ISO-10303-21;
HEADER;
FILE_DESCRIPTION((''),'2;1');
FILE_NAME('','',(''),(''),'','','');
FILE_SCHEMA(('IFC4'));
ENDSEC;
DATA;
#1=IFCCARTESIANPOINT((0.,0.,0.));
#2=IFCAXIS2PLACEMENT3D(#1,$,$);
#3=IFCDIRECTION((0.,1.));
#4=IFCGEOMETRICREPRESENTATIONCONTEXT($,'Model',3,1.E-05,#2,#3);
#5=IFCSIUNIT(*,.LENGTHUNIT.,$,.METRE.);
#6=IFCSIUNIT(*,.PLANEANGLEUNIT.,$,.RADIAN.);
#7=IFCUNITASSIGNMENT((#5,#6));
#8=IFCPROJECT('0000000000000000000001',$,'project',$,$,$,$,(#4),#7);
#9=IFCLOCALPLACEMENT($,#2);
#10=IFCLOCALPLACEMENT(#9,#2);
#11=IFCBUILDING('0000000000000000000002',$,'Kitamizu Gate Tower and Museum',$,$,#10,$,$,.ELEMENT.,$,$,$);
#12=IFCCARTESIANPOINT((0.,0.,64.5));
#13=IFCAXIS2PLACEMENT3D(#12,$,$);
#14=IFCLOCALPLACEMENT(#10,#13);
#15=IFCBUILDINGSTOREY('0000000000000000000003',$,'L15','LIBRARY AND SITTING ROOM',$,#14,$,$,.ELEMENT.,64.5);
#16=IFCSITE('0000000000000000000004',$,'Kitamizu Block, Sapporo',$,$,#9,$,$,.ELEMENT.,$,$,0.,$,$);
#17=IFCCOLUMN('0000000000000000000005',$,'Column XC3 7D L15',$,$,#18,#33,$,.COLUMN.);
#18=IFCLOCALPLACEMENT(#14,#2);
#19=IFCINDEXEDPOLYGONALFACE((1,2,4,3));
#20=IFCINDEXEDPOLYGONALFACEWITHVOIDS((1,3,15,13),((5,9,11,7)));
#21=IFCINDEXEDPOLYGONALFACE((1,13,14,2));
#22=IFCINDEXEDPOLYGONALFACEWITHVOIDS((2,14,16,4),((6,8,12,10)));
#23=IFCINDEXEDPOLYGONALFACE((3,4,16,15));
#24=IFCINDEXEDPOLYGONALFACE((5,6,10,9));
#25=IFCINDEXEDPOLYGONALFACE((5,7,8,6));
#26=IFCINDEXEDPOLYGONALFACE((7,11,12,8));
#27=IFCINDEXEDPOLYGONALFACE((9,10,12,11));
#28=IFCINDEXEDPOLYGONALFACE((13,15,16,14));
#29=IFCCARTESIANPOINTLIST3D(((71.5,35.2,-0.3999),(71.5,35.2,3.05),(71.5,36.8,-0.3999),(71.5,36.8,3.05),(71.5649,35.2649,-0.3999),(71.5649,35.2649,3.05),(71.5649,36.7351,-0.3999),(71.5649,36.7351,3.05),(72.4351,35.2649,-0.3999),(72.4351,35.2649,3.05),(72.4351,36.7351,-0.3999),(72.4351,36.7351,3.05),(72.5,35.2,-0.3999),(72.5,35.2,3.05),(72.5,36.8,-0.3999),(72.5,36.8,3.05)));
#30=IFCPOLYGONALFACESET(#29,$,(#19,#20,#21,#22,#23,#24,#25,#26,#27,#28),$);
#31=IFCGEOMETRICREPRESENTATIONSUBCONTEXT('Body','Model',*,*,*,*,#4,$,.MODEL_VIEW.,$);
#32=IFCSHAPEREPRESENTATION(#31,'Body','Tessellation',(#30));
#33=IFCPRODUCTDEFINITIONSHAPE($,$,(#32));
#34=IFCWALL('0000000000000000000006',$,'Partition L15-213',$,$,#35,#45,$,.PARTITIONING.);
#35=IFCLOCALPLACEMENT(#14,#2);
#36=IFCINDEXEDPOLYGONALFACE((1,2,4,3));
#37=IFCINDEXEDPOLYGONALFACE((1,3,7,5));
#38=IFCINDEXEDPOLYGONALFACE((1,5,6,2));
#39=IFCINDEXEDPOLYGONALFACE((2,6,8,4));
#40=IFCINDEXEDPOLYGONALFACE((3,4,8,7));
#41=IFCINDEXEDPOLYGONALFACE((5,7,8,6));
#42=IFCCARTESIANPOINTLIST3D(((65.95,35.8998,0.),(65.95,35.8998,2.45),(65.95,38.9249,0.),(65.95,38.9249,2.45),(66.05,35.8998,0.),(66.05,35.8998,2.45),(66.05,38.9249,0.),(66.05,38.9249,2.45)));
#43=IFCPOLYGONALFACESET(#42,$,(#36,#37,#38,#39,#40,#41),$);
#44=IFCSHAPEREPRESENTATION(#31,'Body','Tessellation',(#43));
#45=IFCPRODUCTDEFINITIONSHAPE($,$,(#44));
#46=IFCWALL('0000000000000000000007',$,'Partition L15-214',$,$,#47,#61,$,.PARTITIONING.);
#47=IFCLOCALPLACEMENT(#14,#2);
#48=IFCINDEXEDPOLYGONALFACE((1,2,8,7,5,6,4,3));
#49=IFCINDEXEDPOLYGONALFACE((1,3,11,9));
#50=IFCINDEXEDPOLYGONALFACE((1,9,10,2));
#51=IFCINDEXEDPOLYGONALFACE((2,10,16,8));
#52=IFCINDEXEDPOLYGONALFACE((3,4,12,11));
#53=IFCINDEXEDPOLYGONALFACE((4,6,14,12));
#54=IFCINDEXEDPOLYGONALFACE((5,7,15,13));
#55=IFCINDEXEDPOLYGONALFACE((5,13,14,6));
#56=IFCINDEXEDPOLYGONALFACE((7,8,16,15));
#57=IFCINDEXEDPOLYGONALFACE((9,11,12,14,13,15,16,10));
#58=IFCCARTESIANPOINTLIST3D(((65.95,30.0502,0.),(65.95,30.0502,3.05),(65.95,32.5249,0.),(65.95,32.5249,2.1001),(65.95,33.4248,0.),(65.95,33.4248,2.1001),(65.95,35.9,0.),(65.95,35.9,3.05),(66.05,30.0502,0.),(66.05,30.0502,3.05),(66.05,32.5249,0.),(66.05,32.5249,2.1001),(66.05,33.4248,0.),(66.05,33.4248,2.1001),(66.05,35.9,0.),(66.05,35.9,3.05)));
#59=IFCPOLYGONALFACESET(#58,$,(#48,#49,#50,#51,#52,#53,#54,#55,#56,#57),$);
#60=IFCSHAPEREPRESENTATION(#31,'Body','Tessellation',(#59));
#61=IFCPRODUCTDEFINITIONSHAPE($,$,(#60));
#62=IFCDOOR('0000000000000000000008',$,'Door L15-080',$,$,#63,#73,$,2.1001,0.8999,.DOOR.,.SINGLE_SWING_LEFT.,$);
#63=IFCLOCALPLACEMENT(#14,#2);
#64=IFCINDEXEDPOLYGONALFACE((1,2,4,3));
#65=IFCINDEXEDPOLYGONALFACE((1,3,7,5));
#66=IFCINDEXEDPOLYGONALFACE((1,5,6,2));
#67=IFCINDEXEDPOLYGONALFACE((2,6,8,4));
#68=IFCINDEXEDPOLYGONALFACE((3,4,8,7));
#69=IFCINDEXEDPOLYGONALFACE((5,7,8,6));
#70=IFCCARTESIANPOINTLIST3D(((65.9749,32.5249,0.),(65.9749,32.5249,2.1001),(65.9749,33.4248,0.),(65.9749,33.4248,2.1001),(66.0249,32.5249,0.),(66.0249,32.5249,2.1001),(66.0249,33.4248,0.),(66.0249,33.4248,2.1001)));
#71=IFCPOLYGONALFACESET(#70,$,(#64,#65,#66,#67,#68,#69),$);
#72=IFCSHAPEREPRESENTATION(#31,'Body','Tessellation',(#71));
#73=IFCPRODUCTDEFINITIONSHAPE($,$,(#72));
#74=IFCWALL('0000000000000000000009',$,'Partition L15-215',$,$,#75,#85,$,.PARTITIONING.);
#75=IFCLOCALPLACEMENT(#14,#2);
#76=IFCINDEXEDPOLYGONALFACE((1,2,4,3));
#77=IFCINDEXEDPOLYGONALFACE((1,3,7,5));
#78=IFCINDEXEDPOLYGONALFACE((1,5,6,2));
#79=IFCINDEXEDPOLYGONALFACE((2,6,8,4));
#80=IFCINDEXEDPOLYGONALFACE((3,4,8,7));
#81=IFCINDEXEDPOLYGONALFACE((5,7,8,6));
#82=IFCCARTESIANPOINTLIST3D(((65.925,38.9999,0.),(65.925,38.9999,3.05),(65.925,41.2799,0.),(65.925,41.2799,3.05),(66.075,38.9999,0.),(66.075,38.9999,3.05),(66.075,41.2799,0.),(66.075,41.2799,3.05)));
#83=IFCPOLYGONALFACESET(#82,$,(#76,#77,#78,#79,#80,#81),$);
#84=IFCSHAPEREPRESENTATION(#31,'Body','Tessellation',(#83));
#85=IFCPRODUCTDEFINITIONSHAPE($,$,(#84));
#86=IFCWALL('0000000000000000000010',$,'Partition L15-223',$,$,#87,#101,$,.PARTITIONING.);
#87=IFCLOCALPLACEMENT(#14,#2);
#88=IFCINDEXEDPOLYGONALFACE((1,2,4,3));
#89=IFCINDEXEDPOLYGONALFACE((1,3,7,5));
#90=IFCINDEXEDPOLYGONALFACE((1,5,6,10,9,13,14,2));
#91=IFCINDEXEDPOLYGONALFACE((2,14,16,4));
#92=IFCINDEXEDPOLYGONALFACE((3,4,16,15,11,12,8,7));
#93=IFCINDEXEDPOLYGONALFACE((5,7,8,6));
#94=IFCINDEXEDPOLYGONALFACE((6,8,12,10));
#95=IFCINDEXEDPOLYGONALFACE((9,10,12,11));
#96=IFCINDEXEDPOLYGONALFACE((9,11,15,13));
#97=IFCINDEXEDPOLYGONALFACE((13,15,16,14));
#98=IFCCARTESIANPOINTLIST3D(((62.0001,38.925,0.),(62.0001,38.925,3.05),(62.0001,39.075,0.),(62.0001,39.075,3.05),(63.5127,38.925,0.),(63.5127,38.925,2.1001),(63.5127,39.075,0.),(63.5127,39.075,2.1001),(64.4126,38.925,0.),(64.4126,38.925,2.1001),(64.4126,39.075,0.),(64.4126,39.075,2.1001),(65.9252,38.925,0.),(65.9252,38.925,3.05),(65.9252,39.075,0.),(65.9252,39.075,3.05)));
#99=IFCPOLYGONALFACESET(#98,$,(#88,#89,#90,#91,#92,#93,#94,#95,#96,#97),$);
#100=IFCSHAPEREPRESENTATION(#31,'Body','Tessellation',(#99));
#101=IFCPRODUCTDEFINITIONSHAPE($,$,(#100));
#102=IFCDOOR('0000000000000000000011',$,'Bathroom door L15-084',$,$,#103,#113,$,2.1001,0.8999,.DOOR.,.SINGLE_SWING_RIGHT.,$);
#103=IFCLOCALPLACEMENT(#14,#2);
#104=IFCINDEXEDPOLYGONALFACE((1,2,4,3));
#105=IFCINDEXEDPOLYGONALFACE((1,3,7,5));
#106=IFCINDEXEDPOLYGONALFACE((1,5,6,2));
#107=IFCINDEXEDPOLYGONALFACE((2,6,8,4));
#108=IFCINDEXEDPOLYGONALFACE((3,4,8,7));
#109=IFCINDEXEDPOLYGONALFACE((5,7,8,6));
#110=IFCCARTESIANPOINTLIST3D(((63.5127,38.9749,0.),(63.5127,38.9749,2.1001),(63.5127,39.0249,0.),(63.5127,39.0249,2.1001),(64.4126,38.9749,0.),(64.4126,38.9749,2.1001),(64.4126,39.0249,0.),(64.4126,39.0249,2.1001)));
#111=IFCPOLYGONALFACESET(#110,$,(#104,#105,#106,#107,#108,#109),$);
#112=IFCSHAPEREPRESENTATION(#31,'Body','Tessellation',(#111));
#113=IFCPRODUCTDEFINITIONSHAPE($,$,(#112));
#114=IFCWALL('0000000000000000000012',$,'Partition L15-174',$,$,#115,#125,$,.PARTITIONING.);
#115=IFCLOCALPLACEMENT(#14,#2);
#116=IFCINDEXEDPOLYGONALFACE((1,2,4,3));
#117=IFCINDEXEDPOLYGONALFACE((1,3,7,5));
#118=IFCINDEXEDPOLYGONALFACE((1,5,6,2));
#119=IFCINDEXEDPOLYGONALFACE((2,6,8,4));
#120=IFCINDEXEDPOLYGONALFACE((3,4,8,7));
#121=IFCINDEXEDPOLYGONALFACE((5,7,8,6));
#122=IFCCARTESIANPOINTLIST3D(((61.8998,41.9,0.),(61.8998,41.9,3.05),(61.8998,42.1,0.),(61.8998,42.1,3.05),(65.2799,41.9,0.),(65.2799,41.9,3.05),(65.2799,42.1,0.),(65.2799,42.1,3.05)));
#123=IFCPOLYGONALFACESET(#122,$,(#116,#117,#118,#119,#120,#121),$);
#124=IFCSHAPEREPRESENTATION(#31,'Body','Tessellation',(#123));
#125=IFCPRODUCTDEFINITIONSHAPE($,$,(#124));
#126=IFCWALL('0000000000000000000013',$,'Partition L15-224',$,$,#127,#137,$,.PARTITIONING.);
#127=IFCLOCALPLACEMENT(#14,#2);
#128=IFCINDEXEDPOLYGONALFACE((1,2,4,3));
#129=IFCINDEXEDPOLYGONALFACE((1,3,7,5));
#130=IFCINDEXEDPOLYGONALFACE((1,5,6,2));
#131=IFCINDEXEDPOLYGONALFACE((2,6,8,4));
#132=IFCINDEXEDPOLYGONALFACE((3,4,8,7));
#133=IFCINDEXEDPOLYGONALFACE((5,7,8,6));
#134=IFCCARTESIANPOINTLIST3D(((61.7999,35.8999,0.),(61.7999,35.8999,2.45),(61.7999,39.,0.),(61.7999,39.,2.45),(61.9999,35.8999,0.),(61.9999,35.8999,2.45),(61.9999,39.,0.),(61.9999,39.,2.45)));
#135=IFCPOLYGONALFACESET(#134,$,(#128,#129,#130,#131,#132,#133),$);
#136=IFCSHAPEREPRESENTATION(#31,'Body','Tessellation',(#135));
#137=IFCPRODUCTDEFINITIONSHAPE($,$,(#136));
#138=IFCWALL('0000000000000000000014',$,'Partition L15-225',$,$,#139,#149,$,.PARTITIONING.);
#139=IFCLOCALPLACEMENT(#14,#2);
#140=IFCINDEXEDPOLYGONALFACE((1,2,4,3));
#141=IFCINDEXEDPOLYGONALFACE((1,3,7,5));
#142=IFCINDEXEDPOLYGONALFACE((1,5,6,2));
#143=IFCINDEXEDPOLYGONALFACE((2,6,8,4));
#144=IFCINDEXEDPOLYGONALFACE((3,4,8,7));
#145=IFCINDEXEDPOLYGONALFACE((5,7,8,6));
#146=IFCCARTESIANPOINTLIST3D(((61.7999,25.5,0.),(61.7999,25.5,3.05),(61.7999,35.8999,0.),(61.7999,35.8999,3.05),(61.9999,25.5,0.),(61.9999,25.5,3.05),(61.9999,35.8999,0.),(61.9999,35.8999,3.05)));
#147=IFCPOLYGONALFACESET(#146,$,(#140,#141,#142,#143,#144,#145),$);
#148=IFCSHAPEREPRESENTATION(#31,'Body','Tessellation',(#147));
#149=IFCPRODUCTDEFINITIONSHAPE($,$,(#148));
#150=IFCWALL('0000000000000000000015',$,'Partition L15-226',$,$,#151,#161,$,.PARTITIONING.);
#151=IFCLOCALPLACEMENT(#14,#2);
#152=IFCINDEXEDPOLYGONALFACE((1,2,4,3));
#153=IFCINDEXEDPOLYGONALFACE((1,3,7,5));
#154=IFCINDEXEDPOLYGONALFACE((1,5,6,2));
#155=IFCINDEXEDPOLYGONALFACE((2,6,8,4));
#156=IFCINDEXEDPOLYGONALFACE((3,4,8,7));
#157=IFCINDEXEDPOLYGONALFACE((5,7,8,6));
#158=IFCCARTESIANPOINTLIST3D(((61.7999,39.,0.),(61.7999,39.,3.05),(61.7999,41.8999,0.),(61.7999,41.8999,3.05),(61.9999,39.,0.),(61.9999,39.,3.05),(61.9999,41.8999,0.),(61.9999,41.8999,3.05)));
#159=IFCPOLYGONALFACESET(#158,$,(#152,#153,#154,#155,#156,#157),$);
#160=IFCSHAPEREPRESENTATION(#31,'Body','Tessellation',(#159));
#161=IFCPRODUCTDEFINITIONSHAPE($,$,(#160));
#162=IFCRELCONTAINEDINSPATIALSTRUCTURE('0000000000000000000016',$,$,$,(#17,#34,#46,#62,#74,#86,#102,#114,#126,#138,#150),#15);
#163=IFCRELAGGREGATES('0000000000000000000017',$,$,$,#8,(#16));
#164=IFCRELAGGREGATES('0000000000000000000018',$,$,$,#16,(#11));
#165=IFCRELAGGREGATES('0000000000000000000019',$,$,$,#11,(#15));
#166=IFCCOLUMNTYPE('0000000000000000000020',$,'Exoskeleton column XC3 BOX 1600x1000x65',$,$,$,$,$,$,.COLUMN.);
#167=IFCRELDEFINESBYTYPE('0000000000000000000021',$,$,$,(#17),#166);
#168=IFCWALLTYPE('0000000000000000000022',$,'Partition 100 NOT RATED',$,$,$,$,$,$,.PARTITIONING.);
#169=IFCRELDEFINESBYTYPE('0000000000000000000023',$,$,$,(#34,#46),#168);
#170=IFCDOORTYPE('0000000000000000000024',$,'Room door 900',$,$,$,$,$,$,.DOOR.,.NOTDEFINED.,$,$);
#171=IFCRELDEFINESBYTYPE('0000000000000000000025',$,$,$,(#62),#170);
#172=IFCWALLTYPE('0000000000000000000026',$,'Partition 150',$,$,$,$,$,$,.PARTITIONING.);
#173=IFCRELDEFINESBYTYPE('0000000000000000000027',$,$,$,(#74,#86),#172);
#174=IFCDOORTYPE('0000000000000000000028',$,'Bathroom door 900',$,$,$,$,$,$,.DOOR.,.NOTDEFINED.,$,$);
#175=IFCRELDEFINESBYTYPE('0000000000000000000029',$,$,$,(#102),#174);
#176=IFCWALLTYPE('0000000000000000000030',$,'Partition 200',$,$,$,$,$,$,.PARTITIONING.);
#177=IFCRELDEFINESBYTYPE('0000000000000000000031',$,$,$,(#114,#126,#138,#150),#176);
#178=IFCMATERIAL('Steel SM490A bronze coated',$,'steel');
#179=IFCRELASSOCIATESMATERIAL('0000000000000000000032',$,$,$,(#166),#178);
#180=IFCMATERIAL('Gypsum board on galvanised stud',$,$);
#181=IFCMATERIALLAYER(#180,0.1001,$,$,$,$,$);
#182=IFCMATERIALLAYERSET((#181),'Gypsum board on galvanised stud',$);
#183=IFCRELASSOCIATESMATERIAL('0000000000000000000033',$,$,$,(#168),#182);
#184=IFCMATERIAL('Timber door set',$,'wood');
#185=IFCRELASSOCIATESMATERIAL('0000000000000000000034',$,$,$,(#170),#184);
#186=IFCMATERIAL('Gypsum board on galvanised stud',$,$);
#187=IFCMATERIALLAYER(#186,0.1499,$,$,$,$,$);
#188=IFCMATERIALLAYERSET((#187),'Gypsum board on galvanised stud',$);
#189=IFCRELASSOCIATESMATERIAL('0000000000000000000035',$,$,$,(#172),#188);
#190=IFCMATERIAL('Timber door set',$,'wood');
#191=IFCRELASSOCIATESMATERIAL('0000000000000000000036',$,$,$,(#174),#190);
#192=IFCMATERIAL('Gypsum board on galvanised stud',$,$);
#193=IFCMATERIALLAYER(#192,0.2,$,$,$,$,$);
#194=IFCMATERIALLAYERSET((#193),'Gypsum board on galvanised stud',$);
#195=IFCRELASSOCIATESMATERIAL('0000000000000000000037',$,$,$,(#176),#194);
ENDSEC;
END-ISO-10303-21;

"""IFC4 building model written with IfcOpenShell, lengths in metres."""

from ifc_helpers import new_model, si_unit, direction, frame, frame_2d, origin, origin_2d, place, context, subcontext, project, spatial, rectangle, hollow_rectangle, extrude, material, layer, layer_set, material_profile, profile_set, type_object, element, fill, save


model = new_model("IFC4")

# Units and contexts
model_context = context("Model", 3, precision=1e-05, world=origin(), true_north=direction((0.0, 1.0)))
body_context = subcontext(model_context, "Body", "Model", "MODEL_VIEW")
ifc_project = project(units=[si_unit("LENGTHUNIT", "METRE"), si_unit("PLANEANGLEUNIT", "RADIAN")], contexts=[model_context])

# Site, building, storey
site_placement = place(None, origin())
site = spatial("IfcSite", under=ifc_project, at=site_placement, Name="Kitamizu Block, Sapporo", CompositionType="ELEMENT", RefElevation=0.0)
building_placement = place(site_placement, origin())
building = spatial("IfcBuilding", under=site, at=building_placement, Name="Kitamizu Gate Tower and Museum", CompositionType="ELEMENT")
storey_placement = place(building_placement, frame((0.0, 0.0, 64.5)))
storey = spatial("IfcBuildingStorey", under=building, at=storey_placement, Name="L15", Description="LIBRARY AND SITTING ROOM", CompositionType="ELEMENT", Elevation=64.5)

# Column
ifc_material_1 = material(Name="Steel SM490A bronze coated", Category="steel")
ifc_material_profile = material_profile(ifc_material_1, hollow_rectangle(XDim=1.6001, YDim=1.0, WallThickness=0.0649, at=origin_2d()), Name="BOX 1600x1000x65")
ifc_profile_set = profile_set([ifc_material_profile], Name="Steel SM490A bronze coated")
column_type = type_object("IfcColumnType", Name="Exoskeleton column XC3 BOX 1600x1000x65", PredefinedType="COLUMN", material=ifc_profile_set)
column_placement = place(storey_placement, frame((72.0, 36.0, -0.3999), z_axis=(0.0, 0.0, 1.0), x_axis=(0.0, 1.0, 0.0)))
element("IfcColumn", 1, at=column_placement, inside=storey, type_object=column_type, Name="Column XC3 7D L15", PredefinedType="COLUMN", context=body_context, shape_type="SweptSolid", body=[
    extrude(hollow_rectangle(XDim=1.6001, YDim=1.0, WallThickness=0.0649, at=origin_2d()), origin(), (0.0, 0.0, 1.0), 3.45),
])

# Wall
ifc_material_2 = material(Name="Gypsum board on galvanised stud")
ifc_layer_1 = layer(ifc_material_2, 0.1001)
ifc_layer_set_1 = layer_set([ifc_layer_1], Name="Gypsum board on galvanised stud")
wall_type_1 = type_object("IfcWallType", Name="Partition 100 NOT RATED", PredefinedType="PARTITIONING", material=ifc_layer_set_1)
wall_1_placement = place(storey_placement, frame((66.0, 38.925, 0.0), z_axis=(0.0, 0.0, 1.0), x_axis=(0.0, -1.0, 0.0)))
element("IfcWall", 2, at=wall_1_placement, inside=storey, type_object=wall_type_1, Name="Partition L15-213", PredefinedType="PARTITIONING", context=body_context, shape_type="SweptSolid", body=[
    extrude(rectangle(XDim=3.0251, YDim=0.1001, at=frame_2d((1.5127, 0.0))), origin(), (0.0, 0.0, 1.0), 2.45),
])

# Wall, opening, door
wall_2_placement = place(storey_placement, frame((66.0, 35.8999, 0.0), z_axis=(0.0, 0.0, 1.0), x_axis=(0.0, -1.0, 0.0)))
wall_2 = element("IfcWall", 3, at=wall_2_placement, inside=storey, type_object=wall_type_1, Name="Partition L15-214", PredefinedType="PARTITIONING", context=body_context, shape_type="SweptSolid", body=[
    extrude(rectangle(XDim=5.8499, YDim=0.1001, at=frame_2d((2.9248, 0.0))), origin(), (0.0, 0.0, 1.0), 3.05),
])
opening_1_placement = place(wall_2_placement, frame((2.4751, 0.0, 0.0)))
opening_1 = element("IfcOpeningElement", 4, at=opening_1_placement, cuts=wall_2, PredefinedType="OPENING", context=body_context, shape_type="SweptSolid", body=[
    extrude(rectangle(XDim=0.8999, YDim=2.1001, at=frame_2d((0.45, 1.05))), frame((0.0, 0.0601, 0.0), z_axis=(0.0, -1.0, 0.0), x_axis=(1.0, 0.0, 0.0)), (0.0, 0.0, 1.0), 0.1201),
])
ifc_material_3 = material(Name="Timber door set", Category="wood")
door_type_1 = type_object("IfcDoorType", Name="Room door 900", OperationType="NOTDEFINED", PredefinedType="DOOR", material=ifc_material_3)
door_1_placement = place(opening_1_placement, origin())
door_1 = element("IfcDoor", 5, at=door_1_placement, inside=storey, type_object=door_type_1, Name="Door L15-080", OperationType="SINGLE_SWING_LEFT", OverallHeight=2.1001, OverallWidth=0.8999, PredefinedType="DOOR", context=body_context, shape_type="SweptSolid", body=[
    extrude(rectangle(XDim=0.8999, YDim=2.1001, at=frame_2d((0.45, 1.05))), frame((0.0, 0.0249, 0.0), z_axis=(0.0, -1.0, 0.0), x_axis=(1.0, 0.0, 0.0)), (0.0, 0.0, 1.0), 0.05),
])
fill(opening_1, door_1)

# Wall
ifc_material_4 = material(Name="Gypsum board on galvanised stud")
ifc_layer_2 = layer(ifc_material_4, 0.1499)
ifc_layer_set_2 = layer_set([ifc_layer_2], Name="Gypsum board on galvanised stud")
wall_type_2 = type_object("IfcWallType", Name="Partition 150", PredefinedType="PARTITIONING", material=ifc_layer_set_2)
wall_3_placement = place(storey_placement, frame((66.0, 41.28, 0.0), z_axis=(0.0, 0.0, 1.0), x_axis=(0.0, -1.0, 0.0)))
element("IfcWall", 6, at=wall_3_placement, inside=storey, type_object=wall_type_2, Name="Partition L15-215", PredefinedType="PARTITIONING", context=body_context, shape_type="SweptSolid", body=[
    extrude(rectangle(XDim=2.28, YDim=0.1499, at=frame_2d((1.1401, 0.0))), origin(), (0.0, 0.0, 1.0), 3.05),
])

# Wall, opening, door
wall_4_placement = place(storey_placement, frame((65.925, 39.0, 0.0), z_axis=(0.0, 0.0, 1.0), x_axis=(-1.0, 0.0, 0.0)))
wall_4 = element("IfcWall", 7, at=wall_4_placement, inside=storey, type_object=wall_type_2, Name="Partition L15-223", PredefinedType="PARTITIONING", context=body_context, shape_type="SweptSolid", body=[
    extrude(rectangle(XDim=3.925, YDim=0.1499, at=frame_2d((1.9624, 0.0))), origin(), (0.0, 0.0, 1.0), 3.05),
])
opening_2_placement = place(wall_4_placement, frame((1.5125, 0.0, 0.0)))
opening_2 = element("IfcOpeningElement", 8, at=opening_2_placement, cuts=wall_4, PredefinedType="OPENING", context=body_context, shape_type="SweptSolid", body=[
    extrude(rectangle(XDim=0.8999, YDim=2.1001, at=frame_2d((0.45, 1.05))), frame((0.0, 0.085, 0.0), z_axis=(0.0, -1.0, 0.0), x_axis=(1.0, 0.0, 0.0)), (0.0, 0.0, 1.0), 0.1699),
])
ifc_material_5 = material(Name="Timber door set", Category="wood")
door_type_2 = type_object("IfcDoorType", Name="Bathroom door 900", OperationType="NOTDEFINED", PredefinedType="DOOR", material=ifc_material_5)
door_2_placement = place(opening_2_placement, frame((0.8999, 0.0, 0.0), x_axis=(-1.0, 0.0, 0.0)))
door_2 = element("IfcDoor", 9, at=door_2_placement, inside=storey, type_object=door_type_2, Name="Bathroom door L15-084", OperationType="SINGLE_SWING_RIGHT", OverallHeight=2.1001, OverallWidth=0.8999, PredefinedType="DOOR", context=body_context, shape_type="SweptSolid", body=[
    extrude(rectangle(XDim=0.8999, YDim=2.1001, at=frame_2d((0.45, 1.05))), frame((0.0, 0.0249, 0.0), z_axis=(0.0, -1.0, 0.0), x_axis=(1.0, 0.0, 0.0)), (0.0, 0.0, 1.0), 0.05),
])
fill(opening_2, door_2)

# Walls
ifc_material_6 = material(Name="Gypsum board on galvanised stud")
ifc_layer_3 = layer(ifc_material_6, 0.2)
ifc_layer_set_3 = layer_set([ifc_layer_3], Name="Gypsum board on galvanised stud")
wall_type_3 = type_object("IfcWallType", Name="Partition 200", PredefinedType="PARTITIONING", material=ifc_layer_set_3)
wall_5_placement = place(storey_placement, frame((61.8999, 42.0, 0.0), z_axis=(0.0, 0.0, 1.0), x_axis=(1.0, 0.0, 0.0)))
element("IfcWall", 10, at=wall_5_placement, inside=storey, type_object=wall_type_3, Name="Partition L15-174", PredefinedType="PARTITIONING", context=body_context, shape_type="SweptSolid", body=[
    extrude(rectangle(XDim=3.3801, YDim=0.2, at=frame_2d((1.6899, 0.0))), origin(), (0.0, 0.0, 1.0), 3.05),
])
wall_6_placement = place(storey_placement, frame((61.8999, 39.0, 0.0), z_axis=(0.0, 0.0, 1.0), x_axis=(0.0, -1.0, 0.0)))
element("IfcWall", 11, at=wall_6_placement, inside=storey, type_object=wall_type_3, Name="Partition L15-224", PredefinedType="PARTITIONING", context=body_context, shape_type="SweptSolid", body=[
    extrude(rectangle(XDim=3.1001, YDim=0.2, at=frame_2d((1.55, 0.0))), origin(), (0.0, 0.0, 1.0), 2.45),
])
wall_7_placement = place(storey_placement, frame((61.8999, 35.8999, 0.0), z_axis=(0.0, 0.0, 1.0), x_axis=(0.0, -1.0, 0.0)))
element("IfcWall", 12, at=wall_7_placement, inside=storey, type_object=wall_type_3, Name="Partition L15-225", PredefinedType="PARTITIONING", context=body_context, shape_type="SweptSolid", body=[
    extrude(rectangle(XDim=10.3999, YDim=0.2, at=frame_2d((5.2, 0.0))), origin(), (0.0, 0.0, 1.0), 3.05),
])
wall_8_placement = place(storey_placement, frame((61.8999, 41.8999, 0.0), z_axis=(0.0, 0.0, 1.0), x_axis=(0.0, -1.0, 0.0)))
element("IfcWall", 13, at=wall_8_placement, inside=storey, type_object=wall_type_3, Name="Partition L15-226", PredefinedType="PARTITIONING", context=body_context, shape_type="SweptSolid", body=[
    extrude(rectangle(XDim=2.8999, YDim=0.2, at=frame_2d((1.45, 0.0))), origin(), (0.0, 0.0, 1.0), 3.05),
])

save(model, "model.ifc")
